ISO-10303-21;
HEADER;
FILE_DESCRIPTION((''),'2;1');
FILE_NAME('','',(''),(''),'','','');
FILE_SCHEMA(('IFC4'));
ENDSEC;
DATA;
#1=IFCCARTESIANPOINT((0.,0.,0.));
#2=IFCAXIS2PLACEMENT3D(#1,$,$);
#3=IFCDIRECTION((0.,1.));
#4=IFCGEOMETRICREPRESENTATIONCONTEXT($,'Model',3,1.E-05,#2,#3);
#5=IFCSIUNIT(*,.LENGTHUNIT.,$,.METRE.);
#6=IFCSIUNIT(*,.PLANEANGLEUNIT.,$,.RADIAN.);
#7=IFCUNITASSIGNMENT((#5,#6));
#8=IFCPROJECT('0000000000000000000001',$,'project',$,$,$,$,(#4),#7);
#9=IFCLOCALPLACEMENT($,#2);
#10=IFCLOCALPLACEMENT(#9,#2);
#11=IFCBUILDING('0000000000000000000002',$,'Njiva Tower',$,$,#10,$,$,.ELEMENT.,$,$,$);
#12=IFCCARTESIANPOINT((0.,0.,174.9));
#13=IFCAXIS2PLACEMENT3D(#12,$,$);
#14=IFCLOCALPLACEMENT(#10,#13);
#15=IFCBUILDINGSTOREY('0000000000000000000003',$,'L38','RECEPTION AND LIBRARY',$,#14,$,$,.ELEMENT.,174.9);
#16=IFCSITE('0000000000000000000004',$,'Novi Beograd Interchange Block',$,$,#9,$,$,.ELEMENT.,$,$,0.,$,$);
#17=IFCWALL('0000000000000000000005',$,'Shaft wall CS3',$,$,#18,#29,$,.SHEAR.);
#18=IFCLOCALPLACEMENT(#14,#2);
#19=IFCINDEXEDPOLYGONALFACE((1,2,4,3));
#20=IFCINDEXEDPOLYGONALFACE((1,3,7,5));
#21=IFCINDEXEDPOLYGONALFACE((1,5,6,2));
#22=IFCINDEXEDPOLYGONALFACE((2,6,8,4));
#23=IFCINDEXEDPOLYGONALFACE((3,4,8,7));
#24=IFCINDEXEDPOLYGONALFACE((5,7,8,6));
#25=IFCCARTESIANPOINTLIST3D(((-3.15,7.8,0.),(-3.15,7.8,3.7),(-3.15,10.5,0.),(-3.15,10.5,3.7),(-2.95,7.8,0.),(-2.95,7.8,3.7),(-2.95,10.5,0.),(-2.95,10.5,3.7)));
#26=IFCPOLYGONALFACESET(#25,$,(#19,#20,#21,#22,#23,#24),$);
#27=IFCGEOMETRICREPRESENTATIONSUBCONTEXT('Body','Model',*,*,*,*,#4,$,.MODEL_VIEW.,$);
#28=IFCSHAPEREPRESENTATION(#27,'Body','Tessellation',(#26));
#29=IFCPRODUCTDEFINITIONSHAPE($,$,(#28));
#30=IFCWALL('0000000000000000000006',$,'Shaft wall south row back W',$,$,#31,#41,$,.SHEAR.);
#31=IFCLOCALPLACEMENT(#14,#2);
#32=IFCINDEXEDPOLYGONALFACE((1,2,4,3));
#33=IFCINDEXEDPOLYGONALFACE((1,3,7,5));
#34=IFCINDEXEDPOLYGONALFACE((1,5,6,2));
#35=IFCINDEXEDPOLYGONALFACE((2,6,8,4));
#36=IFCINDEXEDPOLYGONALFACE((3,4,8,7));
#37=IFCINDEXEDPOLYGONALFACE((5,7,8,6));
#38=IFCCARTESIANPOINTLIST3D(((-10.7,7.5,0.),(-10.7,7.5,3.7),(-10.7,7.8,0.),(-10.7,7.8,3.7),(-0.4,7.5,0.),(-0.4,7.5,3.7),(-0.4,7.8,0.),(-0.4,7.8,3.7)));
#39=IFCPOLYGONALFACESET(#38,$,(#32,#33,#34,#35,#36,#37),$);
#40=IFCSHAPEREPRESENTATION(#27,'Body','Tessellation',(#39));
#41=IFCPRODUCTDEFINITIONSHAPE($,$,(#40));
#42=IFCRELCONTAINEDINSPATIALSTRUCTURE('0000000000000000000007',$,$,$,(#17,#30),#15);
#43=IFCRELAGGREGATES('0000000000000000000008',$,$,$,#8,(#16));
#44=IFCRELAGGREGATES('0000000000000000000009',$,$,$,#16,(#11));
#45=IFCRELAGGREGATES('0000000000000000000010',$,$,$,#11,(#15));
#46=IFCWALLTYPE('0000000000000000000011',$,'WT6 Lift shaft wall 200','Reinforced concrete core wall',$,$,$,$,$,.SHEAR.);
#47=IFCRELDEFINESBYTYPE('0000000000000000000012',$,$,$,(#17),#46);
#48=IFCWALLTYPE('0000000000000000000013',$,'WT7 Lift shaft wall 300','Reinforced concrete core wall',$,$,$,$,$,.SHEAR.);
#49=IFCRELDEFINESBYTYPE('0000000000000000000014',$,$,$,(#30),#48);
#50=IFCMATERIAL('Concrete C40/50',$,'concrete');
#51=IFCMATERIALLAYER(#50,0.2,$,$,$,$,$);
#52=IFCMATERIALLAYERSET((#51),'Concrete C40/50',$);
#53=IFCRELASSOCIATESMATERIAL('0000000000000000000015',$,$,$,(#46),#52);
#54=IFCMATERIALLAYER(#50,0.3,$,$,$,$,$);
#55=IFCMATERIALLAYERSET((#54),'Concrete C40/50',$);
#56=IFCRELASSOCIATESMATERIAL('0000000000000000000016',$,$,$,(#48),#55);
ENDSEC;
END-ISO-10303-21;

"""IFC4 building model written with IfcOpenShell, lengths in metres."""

from ifc_helpers import new_model, si_unit, direction, frame, frame_2d, origin, place, context, subcontext, project, spatial, rectangle, extrude, material, layer, layer_set, type_object, element, save


model = new_model("IFC4")

# Units and contexts
model_context = context("Model", 3, precision=1e-05, world=origin(), true_north=direction((0.0, 1.0)))
body_context = subcontext(model_context, "Body", "Model", "MODEL_VIEW")
ifc_project = project(units=[si_unit("LENGTHUNIT", "METRE"), si_unit("PLANEANGLEUNIT", "RADIAN")], contexts=[model_context])

# Site, building, storey
site_placement = place(None, origin())
site = spatial("IfcSite", under=ifc_project, at=site_placement, Name="Novi Beograd Interchange Block", CompositionType="ELEMENT", RefElevation=0.0)
building_placement = place(site_placement, origin())
building = spatial("IfcBuilding", under=site, at=building_placement, Name="Njiva Tower", CompositionType="ELEMENT")
storey_placement = place(building_placement, frame((0.0, 0.0, 174.9)))
storey = spatial("IfcBuildingStorey", under=building, at=storey_placement, Name="L38", Description="RECEPTION AND LIBRARY", CompositionType="ELEMENT", Elevation=174.9)

# Shared definitions
ifc_material_1 = material(Name="Concrete C40/50", Category="concrete")

# Walls
ifc_layer_1 = layer(ifc_material_1, 0.2)
ifc_layer_set_1 = layer_set([ifc_layer_1], Name="Concrete C40/50")
wall_type_1 = type_object("IfcWallType", Name="WT6 Lift shaft wall 200", Description="Reinforced concrete core wall", PredefinedType="SHEAR", material=ifc_layer_set_1)
for number, where, z_axis, x_axis, name in (
    (1, (-3.05, 7.8, 0.0), (0.0, 0.0, 1.0), (0.0, 1.0, 0.0), "Shaft wall CS3"),
):
    element("IfcWall", number, at=place(storey_placement, frame(where, z_axis=z_axis, x_axis=x_axis)), inside=storey, type_object=wall_type_1, Name=name, PredefinedType="SHEAR", context=body_context, shape_type="SweptSolid", body=[
        extrude(rectangle(XDim=2.7, YDim=0.2, at=frame_2d((1.35, 0.0))), origin(), (0.0, 0.0, 1.0), 3.7),
    ])
ifc_layer_2 = layer(ifc_material_1, 0.3)
ifc_layer_set_2 = layer_set([ifc_layer_2], Name="Concrete C40/50")
wall_type_2 = type_object("IfcWallType", Name="WT7 Lift shaft wall 300", Description="Reinforced concrete core wall", PredefinedType="SHEAR", material=ifc_layer_set_2)
wall_1_placement = place(storey_placement, frame((-10.7, 7.65, 0.0), z_axis=(0.0, 0.0, 1.0), x_axis=(1.0, 0.0, 0.0)))
element("IfcWall", 2, at=wall_1_placement, inside=storey, type_object=wall_type_2, Name="Shaft wall south row back W", PredefinedType="SHEAR", context=body_context, shape_type="SweptSolid", body=[
    extrude(rectangle(XDim=10.3, YDim=0.3, at=frame_2d((5.15, 0.0))), origin(), (0.0, 0.0, 1.0), 3.7),
])

save(model, "model.ifc")
